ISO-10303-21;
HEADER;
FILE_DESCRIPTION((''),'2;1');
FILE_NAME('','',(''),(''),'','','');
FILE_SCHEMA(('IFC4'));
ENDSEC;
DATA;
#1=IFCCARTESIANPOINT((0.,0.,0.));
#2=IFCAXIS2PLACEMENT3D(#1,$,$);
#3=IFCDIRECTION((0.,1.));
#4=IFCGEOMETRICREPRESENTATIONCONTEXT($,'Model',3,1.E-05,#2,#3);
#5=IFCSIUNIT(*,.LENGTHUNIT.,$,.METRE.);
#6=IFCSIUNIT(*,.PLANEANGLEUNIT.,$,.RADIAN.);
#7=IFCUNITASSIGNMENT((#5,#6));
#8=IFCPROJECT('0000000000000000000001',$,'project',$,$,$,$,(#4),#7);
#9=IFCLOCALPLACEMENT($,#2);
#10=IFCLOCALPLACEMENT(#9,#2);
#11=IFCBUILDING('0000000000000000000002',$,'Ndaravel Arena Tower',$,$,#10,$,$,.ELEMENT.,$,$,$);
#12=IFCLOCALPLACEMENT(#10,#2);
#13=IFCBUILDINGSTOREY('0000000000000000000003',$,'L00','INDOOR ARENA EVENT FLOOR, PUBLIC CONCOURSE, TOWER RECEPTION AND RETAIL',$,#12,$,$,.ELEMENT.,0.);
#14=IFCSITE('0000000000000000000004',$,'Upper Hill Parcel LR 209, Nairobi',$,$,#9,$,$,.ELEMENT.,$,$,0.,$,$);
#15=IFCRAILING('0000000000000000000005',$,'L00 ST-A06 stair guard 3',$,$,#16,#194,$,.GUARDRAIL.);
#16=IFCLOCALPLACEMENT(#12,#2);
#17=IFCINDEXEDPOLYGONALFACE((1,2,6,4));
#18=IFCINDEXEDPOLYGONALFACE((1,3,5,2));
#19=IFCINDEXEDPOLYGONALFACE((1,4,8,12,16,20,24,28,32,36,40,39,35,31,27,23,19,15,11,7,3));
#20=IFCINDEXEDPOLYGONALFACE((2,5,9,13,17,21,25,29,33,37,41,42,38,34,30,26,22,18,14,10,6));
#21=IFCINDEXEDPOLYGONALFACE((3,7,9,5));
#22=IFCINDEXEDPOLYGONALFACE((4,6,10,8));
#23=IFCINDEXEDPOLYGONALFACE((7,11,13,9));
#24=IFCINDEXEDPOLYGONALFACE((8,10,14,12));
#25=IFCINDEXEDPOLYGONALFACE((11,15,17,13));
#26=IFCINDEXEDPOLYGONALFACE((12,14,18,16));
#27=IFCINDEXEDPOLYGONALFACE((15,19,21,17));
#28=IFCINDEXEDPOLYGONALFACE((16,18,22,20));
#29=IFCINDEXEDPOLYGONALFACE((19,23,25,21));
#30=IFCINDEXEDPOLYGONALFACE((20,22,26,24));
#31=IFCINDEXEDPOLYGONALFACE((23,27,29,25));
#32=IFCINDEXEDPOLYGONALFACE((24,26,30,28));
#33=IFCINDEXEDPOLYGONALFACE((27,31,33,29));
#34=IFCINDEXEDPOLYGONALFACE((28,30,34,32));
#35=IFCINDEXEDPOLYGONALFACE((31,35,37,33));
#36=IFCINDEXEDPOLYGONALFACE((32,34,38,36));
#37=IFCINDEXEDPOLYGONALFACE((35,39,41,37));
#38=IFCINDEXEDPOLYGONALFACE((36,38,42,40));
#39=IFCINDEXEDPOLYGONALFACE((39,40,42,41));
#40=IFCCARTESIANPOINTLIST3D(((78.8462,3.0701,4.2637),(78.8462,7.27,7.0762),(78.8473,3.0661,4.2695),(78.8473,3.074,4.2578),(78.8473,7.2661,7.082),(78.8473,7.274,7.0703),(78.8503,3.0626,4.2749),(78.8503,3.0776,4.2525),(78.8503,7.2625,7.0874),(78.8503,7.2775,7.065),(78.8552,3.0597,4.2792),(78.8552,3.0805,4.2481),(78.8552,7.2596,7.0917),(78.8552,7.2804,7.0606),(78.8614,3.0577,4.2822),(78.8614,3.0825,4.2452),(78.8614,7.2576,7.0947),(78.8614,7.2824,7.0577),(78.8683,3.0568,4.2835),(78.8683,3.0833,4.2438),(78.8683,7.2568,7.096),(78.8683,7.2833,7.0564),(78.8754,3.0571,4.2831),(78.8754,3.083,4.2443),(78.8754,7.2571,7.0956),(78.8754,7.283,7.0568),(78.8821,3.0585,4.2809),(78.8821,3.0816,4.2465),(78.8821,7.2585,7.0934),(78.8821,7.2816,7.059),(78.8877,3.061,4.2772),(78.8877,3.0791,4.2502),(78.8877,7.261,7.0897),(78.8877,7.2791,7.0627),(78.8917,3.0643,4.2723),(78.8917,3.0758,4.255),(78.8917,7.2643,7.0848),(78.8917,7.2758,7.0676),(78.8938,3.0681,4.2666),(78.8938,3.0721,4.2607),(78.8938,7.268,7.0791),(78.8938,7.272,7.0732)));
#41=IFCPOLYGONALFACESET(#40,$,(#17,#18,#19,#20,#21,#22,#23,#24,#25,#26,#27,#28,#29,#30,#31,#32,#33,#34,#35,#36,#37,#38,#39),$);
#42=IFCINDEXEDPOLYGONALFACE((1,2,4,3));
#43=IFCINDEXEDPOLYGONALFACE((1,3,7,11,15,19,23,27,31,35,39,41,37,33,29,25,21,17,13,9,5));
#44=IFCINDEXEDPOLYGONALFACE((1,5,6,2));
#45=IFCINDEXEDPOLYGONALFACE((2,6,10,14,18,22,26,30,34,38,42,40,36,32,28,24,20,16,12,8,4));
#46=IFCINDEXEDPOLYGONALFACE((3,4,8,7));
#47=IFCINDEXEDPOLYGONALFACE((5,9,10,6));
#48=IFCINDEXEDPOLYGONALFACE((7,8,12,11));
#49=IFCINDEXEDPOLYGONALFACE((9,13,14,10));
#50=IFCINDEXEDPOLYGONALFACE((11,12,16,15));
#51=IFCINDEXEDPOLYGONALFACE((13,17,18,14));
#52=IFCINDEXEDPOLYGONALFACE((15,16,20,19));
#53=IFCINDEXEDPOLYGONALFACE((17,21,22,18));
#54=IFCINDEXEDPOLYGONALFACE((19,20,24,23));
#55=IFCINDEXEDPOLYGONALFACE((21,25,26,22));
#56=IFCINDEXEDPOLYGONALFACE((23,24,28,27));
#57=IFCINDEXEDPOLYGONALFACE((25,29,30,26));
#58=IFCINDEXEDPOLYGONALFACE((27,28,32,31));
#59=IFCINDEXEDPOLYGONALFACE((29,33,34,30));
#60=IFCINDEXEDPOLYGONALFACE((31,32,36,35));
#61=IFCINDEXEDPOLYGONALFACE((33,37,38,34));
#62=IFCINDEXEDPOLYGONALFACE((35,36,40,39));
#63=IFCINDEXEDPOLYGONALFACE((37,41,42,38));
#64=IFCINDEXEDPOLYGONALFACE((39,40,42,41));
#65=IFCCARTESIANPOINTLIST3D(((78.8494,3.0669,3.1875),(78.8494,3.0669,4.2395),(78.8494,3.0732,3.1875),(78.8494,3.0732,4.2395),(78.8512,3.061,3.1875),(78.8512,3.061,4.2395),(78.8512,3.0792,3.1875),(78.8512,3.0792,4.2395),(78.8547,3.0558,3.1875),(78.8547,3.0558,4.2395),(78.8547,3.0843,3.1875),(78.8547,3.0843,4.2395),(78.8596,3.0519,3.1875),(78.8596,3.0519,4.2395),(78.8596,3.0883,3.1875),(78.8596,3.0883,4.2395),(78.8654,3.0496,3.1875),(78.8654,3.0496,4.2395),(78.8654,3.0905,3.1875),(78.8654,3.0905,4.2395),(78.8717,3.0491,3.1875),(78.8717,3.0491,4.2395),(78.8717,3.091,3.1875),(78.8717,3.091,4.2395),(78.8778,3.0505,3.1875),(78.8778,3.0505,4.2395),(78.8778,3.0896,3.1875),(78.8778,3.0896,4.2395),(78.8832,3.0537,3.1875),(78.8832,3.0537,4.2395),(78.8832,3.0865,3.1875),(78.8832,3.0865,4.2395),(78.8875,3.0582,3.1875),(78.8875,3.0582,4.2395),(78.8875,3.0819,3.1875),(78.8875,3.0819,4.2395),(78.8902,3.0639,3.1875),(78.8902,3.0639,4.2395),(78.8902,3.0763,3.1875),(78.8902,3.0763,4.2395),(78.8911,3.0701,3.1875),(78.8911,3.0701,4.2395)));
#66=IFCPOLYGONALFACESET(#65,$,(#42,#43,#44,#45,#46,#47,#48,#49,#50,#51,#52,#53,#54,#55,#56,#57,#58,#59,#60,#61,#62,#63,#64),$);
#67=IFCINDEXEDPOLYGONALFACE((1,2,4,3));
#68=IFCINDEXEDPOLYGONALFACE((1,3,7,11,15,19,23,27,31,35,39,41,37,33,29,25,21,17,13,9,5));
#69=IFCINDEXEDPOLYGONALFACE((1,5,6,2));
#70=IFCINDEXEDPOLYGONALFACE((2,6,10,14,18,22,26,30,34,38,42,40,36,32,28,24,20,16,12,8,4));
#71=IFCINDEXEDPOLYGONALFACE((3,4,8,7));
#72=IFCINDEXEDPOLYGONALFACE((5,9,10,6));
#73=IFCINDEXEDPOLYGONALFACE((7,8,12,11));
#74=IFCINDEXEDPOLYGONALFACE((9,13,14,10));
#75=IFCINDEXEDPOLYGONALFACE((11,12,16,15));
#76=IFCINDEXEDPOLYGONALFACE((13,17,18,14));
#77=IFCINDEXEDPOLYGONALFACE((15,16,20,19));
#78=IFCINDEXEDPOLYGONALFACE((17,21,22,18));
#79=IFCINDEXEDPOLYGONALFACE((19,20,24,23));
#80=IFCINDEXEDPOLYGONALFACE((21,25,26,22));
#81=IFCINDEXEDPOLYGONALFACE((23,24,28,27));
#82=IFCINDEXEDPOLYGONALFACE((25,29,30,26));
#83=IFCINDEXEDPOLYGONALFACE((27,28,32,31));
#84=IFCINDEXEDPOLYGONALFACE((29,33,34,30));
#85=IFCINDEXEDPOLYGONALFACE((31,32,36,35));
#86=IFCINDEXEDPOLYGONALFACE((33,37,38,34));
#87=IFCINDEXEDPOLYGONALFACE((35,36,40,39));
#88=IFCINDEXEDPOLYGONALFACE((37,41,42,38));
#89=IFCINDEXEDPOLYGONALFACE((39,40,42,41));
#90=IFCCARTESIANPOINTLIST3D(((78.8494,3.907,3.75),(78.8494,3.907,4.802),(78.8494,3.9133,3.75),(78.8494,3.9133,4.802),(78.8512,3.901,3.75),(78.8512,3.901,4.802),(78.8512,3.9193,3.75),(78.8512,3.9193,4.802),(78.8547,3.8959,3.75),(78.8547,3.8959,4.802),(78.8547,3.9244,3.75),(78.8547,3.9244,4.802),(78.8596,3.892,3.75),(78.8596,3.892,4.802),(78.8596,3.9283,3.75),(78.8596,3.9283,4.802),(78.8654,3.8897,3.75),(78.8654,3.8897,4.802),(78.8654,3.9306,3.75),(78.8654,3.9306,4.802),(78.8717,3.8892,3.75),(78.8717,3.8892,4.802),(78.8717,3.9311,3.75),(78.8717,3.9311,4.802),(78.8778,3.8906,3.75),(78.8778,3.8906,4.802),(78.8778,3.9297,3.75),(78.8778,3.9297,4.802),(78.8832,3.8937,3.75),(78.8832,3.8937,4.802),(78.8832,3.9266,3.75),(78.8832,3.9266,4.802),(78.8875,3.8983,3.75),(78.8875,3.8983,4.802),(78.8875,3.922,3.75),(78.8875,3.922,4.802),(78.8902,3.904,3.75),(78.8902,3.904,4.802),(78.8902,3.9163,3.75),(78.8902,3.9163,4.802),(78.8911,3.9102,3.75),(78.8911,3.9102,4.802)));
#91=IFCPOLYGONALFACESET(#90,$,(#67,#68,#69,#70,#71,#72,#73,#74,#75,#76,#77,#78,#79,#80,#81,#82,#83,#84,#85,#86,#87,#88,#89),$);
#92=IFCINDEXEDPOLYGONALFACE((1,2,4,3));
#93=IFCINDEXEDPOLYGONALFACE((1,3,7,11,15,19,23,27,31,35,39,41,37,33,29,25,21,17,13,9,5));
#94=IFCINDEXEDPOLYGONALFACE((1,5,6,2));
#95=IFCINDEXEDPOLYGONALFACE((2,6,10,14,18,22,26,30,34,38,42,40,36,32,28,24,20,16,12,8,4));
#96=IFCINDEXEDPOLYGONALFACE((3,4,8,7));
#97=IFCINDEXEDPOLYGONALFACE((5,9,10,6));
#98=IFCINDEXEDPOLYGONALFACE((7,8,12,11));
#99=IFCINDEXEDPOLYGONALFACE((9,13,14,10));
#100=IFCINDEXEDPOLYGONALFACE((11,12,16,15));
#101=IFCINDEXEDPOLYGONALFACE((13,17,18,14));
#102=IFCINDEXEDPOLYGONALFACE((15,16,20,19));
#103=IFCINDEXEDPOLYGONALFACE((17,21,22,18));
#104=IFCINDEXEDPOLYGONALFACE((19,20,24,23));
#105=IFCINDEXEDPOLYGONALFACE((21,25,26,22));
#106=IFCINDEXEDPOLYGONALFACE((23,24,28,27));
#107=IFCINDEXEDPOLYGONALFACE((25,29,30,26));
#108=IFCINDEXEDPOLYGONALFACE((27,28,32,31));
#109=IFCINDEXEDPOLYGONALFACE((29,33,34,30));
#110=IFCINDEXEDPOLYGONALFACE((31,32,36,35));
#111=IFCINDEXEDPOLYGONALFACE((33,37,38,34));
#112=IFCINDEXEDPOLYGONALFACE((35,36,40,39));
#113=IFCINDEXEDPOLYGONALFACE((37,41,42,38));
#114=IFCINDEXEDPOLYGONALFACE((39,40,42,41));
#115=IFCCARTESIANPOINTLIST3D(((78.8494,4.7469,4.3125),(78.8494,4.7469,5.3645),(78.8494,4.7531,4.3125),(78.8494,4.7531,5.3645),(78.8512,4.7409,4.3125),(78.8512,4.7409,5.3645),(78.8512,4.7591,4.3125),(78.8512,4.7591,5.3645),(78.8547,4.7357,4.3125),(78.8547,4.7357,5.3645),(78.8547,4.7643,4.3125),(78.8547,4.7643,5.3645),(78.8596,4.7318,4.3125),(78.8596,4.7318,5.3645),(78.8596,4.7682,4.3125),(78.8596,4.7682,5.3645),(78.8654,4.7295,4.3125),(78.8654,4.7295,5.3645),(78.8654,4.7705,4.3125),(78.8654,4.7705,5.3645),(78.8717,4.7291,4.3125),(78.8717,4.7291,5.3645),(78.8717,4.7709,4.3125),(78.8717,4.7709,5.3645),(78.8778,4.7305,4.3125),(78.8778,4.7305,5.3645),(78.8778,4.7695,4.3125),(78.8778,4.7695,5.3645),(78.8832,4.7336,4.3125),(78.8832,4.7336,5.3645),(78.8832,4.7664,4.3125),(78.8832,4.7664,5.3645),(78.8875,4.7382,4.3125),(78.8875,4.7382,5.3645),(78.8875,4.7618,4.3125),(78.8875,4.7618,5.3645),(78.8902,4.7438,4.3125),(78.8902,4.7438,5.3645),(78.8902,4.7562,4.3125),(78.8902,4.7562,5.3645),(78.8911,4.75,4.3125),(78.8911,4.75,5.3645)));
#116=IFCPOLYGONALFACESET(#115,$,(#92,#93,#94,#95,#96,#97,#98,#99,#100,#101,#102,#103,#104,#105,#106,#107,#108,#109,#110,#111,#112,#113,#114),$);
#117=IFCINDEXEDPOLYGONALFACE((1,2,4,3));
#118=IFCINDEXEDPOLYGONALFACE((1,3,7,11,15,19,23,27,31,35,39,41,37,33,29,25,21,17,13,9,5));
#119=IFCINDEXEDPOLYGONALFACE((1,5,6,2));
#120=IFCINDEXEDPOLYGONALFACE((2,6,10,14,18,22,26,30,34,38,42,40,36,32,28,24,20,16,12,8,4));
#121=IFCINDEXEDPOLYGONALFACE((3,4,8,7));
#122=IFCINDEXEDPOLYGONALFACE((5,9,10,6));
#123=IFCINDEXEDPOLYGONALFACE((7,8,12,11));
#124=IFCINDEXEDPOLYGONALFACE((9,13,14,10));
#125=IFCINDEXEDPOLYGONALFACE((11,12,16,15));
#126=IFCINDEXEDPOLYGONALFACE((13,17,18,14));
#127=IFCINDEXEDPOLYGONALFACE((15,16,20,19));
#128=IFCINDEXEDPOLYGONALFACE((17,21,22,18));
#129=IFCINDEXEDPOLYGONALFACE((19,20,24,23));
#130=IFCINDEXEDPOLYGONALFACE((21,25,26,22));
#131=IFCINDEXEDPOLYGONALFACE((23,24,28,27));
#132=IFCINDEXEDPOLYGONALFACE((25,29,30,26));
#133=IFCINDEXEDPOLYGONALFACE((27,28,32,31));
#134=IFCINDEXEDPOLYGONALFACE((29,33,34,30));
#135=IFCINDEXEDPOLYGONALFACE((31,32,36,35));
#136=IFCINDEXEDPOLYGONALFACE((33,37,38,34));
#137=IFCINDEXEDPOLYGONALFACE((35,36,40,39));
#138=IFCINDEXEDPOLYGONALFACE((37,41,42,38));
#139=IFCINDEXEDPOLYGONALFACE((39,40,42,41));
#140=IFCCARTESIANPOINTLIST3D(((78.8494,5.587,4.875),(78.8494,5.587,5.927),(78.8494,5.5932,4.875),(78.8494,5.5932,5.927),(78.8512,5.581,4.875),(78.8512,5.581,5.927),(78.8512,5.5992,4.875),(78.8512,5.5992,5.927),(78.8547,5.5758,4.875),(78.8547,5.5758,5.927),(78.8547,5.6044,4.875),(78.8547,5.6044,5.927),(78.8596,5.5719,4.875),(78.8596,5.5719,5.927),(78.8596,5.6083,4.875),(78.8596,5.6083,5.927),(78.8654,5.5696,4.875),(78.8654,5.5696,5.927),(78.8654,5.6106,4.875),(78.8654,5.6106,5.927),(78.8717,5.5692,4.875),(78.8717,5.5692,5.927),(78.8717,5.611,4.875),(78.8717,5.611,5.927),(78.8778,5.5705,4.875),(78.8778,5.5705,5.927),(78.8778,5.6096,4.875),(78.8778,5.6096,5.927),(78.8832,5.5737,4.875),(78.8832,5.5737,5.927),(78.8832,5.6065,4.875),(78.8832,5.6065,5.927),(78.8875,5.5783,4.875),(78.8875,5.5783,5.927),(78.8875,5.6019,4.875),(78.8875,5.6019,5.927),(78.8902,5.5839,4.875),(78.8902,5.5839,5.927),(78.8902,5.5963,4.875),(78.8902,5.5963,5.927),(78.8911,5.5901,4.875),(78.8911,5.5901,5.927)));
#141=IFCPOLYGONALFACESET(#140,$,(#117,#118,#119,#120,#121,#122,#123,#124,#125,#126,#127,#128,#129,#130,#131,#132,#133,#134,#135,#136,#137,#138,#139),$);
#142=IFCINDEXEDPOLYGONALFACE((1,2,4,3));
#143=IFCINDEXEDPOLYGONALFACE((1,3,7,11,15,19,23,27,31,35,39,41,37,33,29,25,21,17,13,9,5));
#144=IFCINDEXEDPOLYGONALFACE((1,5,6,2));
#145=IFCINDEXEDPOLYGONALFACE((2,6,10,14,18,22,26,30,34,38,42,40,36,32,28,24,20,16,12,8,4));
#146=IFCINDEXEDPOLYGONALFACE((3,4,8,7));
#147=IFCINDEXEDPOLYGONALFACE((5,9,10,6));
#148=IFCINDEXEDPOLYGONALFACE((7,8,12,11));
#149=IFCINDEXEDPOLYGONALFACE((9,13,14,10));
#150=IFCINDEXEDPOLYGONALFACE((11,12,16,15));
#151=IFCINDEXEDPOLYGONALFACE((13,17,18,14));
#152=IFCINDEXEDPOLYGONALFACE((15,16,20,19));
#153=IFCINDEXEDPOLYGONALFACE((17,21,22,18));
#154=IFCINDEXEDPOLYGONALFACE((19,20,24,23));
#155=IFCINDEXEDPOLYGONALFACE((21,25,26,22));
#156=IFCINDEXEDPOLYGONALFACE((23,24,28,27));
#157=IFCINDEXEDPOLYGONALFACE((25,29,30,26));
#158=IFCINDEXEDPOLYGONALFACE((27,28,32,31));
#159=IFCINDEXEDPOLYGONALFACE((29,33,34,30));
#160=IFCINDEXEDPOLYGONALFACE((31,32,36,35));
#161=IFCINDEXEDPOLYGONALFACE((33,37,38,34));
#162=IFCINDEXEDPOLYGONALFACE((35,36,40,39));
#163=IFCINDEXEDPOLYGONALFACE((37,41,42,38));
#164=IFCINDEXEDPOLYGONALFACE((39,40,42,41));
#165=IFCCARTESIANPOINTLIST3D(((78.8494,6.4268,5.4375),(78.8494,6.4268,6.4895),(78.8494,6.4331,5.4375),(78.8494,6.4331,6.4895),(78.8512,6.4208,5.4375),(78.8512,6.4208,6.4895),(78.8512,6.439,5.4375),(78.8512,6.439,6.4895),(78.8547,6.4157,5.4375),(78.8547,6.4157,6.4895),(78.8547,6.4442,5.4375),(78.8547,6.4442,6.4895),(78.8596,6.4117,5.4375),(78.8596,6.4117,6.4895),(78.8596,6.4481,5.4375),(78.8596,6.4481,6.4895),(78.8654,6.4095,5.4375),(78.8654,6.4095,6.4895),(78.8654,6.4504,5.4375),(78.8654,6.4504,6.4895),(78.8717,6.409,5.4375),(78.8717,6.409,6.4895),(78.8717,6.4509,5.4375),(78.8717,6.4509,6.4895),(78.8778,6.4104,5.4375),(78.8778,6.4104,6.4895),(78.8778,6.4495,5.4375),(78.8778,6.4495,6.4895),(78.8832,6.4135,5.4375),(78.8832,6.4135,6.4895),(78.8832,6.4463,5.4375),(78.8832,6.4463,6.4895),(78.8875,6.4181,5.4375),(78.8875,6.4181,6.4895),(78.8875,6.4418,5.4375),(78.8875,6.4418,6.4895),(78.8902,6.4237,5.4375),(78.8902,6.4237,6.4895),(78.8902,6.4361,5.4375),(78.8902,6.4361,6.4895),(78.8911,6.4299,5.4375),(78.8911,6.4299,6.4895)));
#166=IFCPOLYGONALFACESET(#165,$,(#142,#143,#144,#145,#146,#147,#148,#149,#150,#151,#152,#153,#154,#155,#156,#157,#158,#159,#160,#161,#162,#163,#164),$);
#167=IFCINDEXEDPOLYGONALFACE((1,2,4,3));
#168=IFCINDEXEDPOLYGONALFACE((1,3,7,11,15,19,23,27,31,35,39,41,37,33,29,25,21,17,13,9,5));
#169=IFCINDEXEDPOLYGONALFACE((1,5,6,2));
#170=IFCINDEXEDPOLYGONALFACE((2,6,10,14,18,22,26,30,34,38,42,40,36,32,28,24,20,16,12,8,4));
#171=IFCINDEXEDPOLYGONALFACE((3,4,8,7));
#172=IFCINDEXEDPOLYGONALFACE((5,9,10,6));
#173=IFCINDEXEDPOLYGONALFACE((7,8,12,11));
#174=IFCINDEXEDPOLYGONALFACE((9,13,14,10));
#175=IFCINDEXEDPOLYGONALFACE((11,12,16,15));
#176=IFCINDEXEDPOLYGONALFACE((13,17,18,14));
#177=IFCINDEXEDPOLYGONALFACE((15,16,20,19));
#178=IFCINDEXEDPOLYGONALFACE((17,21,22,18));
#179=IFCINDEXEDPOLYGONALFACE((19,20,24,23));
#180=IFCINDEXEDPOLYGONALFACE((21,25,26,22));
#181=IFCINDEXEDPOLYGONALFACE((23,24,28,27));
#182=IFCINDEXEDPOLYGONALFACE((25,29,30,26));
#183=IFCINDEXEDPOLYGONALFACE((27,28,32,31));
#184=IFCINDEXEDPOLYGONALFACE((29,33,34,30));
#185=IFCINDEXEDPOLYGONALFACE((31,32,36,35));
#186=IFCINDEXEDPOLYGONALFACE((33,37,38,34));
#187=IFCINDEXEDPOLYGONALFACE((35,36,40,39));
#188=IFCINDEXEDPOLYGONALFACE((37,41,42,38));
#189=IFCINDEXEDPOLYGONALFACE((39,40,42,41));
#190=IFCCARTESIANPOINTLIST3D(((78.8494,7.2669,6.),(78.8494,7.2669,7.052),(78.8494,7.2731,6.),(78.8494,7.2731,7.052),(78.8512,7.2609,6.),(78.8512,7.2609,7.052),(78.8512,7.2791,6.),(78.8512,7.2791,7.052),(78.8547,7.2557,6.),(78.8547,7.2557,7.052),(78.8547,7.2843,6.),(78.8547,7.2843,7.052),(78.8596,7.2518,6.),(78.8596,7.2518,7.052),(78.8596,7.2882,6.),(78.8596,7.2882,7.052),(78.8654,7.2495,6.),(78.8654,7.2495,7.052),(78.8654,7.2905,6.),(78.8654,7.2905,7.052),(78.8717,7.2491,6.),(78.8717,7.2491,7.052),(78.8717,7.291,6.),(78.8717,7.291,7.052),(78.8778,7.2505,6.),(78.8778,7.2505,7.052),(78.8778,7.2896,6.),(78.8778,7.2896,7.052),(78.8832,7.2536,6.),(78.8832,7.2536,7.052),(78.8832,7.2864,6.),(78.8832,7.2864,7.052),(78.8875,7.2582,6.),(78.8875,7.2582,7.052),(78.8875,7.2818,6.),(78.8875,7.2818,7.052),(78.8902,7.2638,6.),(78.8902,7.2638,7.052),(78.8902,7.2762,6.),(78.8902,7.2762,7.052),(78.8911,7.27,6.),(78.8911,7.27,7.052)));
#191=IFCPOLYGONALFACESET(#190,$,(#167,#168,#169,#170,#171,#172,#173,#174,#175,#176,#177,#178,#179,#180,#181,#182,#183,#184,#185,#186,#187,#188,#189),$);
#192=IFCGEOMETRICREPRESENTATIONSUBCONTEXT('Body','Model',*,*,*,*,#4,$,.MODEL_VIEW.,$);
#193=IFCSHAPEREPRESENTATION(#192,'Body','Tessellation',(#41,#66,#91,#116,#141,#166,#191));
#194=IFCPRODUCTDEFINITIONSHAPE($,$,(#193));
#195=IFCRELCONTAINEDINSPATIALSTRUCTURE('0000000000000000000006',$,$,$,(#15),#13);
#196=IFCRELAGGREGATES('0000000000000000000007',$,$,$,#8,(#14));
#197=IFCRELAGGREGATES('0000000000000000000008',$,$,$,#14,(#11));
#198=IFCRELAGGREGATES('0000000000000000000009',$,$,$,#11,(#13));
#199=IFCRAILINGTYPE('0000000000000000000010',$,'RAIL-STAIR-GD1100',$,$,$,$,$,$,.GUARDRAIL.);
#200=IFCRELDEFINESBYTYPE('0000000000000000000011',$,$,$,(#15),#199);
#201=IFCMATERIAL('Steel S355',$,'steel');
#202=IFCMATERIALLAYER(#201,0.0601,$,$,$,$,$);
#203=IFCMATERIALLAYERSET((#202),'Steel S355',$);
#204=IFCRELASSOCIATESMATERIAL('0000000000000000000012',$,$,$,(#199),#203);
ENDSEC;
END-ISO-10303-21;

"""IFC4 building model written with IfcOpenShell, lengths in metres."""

from ifc_helpers import new_model, si_unit, direction, frame, origin, origin_2d, place, context, subcontext, project, spatial, circle, extrude, material, layer, layer_set, type_object, element, save


model = new_model("IFC4")

# Units and contexts
model_context = context("Model", 3, precision=1e-05, world=origin(), true_north=direction((0.0, 1.0)))
body_context = subcontext(model_context, "Body", "Model", "MODEL_VIEW")
ifc_project = project(units=[si_unit("LENGTHUNIT", "METRE"), si_unit("PLANEANGLEUNIT", "RADIAN")], contexts=[model_context])

# Site, building, storey
site_placement = place(None, origin())
site = spatial("IfcSite", under=ifc_project, at=site_placement, Name="Upper Hill Parcel LR 209, Nairobi", CompositionType="ELEMENT", RefElevation=0.0)
building_placement = place(site_placement, origin())
building = spatial("IfcBuilding", under=site, at=building_placement, Name="Ndaravel Arena Tower", CompositionType="ELEMENT")
storey_placement = place(building_placement, origin())
storey = spatial("IfcBuildingStorey", under=building, at=storey_placement, Name="L00", Description="INDOOR ARENA EVENT FLOOR, PUBLIC CONCOURSE, TOWER RECEPTION AND RETAIL", CompositionType="ELEMENT", Elevation=0.0)

# Railing
ifc_material_1 = material(Name="Steel S355", Category="steel")
ifc_layer_1 = layer(ifc_material_1, 0.0601)
ifc_layer_set_1 = layer_set([ifc_layer_1], Name="Steel S355")
railing_type_1 = type_object("IfcRailingType", Name="RAIL-STAIR-GD1100", PredefinedType="GUARDRAIL", material=ifc_layer_set_1)
railing_1_placement = place(storey_placement, frame((78.8701, 3.0701, 3.1875)))
element("IfcRailing", 1, at=railing_1_placement, inside=storey, type_object=railing_type_1, Name="L00 ST-A06 stair guard 3", PredefinedType="GUARDRAIL", context=body_context, shape_type="SweptSolid", body=[
    extrude(circle(Radius=0.0239, at=origin_2d()), frame((0.0, 0.0, 1.0762), z_axis=(0.0, 0.830904, 0.556416), x_axis=(-1.0, 0.0, 0.0)), (0.0, 0.0, 1.0), 5.0547),
    extrude(circle(Radius=0.021, at=origin_2d()), origin(), (0.0, 0.0, 1.0), 1.052),
    extrude(circle(Radius=0.021, at=origin_2d()), frame((0.0, 0.8401, 0.5625)), (0.0, 0.0, 1.0), 1.052),
    extrude(circle(Radius=0.021, at=origin_2d()), frame((0.0, 1.6799, 1.125)), (0.0, 0.0, 1.0), 1.052),
    extrude(circle(Radius=0.021, at=origin_2d()), frame((0.0, 2.52, 1.6875)), (0.0, 0.0, 1.0), 1.052),
    extrude(circle(Radius=0.021, at=origin_2d()), frame((0.0, 3.3599, 2.25)), (0.0, 0.0, 1.0), 1.052),
    extrude(circle(Radius=0.021, at=origin_2d()), frame((0.0, 4.2, 2.8125)), (0.0, 0.0, 1.0), 1.052),
])

save(model, "model.ifc")
